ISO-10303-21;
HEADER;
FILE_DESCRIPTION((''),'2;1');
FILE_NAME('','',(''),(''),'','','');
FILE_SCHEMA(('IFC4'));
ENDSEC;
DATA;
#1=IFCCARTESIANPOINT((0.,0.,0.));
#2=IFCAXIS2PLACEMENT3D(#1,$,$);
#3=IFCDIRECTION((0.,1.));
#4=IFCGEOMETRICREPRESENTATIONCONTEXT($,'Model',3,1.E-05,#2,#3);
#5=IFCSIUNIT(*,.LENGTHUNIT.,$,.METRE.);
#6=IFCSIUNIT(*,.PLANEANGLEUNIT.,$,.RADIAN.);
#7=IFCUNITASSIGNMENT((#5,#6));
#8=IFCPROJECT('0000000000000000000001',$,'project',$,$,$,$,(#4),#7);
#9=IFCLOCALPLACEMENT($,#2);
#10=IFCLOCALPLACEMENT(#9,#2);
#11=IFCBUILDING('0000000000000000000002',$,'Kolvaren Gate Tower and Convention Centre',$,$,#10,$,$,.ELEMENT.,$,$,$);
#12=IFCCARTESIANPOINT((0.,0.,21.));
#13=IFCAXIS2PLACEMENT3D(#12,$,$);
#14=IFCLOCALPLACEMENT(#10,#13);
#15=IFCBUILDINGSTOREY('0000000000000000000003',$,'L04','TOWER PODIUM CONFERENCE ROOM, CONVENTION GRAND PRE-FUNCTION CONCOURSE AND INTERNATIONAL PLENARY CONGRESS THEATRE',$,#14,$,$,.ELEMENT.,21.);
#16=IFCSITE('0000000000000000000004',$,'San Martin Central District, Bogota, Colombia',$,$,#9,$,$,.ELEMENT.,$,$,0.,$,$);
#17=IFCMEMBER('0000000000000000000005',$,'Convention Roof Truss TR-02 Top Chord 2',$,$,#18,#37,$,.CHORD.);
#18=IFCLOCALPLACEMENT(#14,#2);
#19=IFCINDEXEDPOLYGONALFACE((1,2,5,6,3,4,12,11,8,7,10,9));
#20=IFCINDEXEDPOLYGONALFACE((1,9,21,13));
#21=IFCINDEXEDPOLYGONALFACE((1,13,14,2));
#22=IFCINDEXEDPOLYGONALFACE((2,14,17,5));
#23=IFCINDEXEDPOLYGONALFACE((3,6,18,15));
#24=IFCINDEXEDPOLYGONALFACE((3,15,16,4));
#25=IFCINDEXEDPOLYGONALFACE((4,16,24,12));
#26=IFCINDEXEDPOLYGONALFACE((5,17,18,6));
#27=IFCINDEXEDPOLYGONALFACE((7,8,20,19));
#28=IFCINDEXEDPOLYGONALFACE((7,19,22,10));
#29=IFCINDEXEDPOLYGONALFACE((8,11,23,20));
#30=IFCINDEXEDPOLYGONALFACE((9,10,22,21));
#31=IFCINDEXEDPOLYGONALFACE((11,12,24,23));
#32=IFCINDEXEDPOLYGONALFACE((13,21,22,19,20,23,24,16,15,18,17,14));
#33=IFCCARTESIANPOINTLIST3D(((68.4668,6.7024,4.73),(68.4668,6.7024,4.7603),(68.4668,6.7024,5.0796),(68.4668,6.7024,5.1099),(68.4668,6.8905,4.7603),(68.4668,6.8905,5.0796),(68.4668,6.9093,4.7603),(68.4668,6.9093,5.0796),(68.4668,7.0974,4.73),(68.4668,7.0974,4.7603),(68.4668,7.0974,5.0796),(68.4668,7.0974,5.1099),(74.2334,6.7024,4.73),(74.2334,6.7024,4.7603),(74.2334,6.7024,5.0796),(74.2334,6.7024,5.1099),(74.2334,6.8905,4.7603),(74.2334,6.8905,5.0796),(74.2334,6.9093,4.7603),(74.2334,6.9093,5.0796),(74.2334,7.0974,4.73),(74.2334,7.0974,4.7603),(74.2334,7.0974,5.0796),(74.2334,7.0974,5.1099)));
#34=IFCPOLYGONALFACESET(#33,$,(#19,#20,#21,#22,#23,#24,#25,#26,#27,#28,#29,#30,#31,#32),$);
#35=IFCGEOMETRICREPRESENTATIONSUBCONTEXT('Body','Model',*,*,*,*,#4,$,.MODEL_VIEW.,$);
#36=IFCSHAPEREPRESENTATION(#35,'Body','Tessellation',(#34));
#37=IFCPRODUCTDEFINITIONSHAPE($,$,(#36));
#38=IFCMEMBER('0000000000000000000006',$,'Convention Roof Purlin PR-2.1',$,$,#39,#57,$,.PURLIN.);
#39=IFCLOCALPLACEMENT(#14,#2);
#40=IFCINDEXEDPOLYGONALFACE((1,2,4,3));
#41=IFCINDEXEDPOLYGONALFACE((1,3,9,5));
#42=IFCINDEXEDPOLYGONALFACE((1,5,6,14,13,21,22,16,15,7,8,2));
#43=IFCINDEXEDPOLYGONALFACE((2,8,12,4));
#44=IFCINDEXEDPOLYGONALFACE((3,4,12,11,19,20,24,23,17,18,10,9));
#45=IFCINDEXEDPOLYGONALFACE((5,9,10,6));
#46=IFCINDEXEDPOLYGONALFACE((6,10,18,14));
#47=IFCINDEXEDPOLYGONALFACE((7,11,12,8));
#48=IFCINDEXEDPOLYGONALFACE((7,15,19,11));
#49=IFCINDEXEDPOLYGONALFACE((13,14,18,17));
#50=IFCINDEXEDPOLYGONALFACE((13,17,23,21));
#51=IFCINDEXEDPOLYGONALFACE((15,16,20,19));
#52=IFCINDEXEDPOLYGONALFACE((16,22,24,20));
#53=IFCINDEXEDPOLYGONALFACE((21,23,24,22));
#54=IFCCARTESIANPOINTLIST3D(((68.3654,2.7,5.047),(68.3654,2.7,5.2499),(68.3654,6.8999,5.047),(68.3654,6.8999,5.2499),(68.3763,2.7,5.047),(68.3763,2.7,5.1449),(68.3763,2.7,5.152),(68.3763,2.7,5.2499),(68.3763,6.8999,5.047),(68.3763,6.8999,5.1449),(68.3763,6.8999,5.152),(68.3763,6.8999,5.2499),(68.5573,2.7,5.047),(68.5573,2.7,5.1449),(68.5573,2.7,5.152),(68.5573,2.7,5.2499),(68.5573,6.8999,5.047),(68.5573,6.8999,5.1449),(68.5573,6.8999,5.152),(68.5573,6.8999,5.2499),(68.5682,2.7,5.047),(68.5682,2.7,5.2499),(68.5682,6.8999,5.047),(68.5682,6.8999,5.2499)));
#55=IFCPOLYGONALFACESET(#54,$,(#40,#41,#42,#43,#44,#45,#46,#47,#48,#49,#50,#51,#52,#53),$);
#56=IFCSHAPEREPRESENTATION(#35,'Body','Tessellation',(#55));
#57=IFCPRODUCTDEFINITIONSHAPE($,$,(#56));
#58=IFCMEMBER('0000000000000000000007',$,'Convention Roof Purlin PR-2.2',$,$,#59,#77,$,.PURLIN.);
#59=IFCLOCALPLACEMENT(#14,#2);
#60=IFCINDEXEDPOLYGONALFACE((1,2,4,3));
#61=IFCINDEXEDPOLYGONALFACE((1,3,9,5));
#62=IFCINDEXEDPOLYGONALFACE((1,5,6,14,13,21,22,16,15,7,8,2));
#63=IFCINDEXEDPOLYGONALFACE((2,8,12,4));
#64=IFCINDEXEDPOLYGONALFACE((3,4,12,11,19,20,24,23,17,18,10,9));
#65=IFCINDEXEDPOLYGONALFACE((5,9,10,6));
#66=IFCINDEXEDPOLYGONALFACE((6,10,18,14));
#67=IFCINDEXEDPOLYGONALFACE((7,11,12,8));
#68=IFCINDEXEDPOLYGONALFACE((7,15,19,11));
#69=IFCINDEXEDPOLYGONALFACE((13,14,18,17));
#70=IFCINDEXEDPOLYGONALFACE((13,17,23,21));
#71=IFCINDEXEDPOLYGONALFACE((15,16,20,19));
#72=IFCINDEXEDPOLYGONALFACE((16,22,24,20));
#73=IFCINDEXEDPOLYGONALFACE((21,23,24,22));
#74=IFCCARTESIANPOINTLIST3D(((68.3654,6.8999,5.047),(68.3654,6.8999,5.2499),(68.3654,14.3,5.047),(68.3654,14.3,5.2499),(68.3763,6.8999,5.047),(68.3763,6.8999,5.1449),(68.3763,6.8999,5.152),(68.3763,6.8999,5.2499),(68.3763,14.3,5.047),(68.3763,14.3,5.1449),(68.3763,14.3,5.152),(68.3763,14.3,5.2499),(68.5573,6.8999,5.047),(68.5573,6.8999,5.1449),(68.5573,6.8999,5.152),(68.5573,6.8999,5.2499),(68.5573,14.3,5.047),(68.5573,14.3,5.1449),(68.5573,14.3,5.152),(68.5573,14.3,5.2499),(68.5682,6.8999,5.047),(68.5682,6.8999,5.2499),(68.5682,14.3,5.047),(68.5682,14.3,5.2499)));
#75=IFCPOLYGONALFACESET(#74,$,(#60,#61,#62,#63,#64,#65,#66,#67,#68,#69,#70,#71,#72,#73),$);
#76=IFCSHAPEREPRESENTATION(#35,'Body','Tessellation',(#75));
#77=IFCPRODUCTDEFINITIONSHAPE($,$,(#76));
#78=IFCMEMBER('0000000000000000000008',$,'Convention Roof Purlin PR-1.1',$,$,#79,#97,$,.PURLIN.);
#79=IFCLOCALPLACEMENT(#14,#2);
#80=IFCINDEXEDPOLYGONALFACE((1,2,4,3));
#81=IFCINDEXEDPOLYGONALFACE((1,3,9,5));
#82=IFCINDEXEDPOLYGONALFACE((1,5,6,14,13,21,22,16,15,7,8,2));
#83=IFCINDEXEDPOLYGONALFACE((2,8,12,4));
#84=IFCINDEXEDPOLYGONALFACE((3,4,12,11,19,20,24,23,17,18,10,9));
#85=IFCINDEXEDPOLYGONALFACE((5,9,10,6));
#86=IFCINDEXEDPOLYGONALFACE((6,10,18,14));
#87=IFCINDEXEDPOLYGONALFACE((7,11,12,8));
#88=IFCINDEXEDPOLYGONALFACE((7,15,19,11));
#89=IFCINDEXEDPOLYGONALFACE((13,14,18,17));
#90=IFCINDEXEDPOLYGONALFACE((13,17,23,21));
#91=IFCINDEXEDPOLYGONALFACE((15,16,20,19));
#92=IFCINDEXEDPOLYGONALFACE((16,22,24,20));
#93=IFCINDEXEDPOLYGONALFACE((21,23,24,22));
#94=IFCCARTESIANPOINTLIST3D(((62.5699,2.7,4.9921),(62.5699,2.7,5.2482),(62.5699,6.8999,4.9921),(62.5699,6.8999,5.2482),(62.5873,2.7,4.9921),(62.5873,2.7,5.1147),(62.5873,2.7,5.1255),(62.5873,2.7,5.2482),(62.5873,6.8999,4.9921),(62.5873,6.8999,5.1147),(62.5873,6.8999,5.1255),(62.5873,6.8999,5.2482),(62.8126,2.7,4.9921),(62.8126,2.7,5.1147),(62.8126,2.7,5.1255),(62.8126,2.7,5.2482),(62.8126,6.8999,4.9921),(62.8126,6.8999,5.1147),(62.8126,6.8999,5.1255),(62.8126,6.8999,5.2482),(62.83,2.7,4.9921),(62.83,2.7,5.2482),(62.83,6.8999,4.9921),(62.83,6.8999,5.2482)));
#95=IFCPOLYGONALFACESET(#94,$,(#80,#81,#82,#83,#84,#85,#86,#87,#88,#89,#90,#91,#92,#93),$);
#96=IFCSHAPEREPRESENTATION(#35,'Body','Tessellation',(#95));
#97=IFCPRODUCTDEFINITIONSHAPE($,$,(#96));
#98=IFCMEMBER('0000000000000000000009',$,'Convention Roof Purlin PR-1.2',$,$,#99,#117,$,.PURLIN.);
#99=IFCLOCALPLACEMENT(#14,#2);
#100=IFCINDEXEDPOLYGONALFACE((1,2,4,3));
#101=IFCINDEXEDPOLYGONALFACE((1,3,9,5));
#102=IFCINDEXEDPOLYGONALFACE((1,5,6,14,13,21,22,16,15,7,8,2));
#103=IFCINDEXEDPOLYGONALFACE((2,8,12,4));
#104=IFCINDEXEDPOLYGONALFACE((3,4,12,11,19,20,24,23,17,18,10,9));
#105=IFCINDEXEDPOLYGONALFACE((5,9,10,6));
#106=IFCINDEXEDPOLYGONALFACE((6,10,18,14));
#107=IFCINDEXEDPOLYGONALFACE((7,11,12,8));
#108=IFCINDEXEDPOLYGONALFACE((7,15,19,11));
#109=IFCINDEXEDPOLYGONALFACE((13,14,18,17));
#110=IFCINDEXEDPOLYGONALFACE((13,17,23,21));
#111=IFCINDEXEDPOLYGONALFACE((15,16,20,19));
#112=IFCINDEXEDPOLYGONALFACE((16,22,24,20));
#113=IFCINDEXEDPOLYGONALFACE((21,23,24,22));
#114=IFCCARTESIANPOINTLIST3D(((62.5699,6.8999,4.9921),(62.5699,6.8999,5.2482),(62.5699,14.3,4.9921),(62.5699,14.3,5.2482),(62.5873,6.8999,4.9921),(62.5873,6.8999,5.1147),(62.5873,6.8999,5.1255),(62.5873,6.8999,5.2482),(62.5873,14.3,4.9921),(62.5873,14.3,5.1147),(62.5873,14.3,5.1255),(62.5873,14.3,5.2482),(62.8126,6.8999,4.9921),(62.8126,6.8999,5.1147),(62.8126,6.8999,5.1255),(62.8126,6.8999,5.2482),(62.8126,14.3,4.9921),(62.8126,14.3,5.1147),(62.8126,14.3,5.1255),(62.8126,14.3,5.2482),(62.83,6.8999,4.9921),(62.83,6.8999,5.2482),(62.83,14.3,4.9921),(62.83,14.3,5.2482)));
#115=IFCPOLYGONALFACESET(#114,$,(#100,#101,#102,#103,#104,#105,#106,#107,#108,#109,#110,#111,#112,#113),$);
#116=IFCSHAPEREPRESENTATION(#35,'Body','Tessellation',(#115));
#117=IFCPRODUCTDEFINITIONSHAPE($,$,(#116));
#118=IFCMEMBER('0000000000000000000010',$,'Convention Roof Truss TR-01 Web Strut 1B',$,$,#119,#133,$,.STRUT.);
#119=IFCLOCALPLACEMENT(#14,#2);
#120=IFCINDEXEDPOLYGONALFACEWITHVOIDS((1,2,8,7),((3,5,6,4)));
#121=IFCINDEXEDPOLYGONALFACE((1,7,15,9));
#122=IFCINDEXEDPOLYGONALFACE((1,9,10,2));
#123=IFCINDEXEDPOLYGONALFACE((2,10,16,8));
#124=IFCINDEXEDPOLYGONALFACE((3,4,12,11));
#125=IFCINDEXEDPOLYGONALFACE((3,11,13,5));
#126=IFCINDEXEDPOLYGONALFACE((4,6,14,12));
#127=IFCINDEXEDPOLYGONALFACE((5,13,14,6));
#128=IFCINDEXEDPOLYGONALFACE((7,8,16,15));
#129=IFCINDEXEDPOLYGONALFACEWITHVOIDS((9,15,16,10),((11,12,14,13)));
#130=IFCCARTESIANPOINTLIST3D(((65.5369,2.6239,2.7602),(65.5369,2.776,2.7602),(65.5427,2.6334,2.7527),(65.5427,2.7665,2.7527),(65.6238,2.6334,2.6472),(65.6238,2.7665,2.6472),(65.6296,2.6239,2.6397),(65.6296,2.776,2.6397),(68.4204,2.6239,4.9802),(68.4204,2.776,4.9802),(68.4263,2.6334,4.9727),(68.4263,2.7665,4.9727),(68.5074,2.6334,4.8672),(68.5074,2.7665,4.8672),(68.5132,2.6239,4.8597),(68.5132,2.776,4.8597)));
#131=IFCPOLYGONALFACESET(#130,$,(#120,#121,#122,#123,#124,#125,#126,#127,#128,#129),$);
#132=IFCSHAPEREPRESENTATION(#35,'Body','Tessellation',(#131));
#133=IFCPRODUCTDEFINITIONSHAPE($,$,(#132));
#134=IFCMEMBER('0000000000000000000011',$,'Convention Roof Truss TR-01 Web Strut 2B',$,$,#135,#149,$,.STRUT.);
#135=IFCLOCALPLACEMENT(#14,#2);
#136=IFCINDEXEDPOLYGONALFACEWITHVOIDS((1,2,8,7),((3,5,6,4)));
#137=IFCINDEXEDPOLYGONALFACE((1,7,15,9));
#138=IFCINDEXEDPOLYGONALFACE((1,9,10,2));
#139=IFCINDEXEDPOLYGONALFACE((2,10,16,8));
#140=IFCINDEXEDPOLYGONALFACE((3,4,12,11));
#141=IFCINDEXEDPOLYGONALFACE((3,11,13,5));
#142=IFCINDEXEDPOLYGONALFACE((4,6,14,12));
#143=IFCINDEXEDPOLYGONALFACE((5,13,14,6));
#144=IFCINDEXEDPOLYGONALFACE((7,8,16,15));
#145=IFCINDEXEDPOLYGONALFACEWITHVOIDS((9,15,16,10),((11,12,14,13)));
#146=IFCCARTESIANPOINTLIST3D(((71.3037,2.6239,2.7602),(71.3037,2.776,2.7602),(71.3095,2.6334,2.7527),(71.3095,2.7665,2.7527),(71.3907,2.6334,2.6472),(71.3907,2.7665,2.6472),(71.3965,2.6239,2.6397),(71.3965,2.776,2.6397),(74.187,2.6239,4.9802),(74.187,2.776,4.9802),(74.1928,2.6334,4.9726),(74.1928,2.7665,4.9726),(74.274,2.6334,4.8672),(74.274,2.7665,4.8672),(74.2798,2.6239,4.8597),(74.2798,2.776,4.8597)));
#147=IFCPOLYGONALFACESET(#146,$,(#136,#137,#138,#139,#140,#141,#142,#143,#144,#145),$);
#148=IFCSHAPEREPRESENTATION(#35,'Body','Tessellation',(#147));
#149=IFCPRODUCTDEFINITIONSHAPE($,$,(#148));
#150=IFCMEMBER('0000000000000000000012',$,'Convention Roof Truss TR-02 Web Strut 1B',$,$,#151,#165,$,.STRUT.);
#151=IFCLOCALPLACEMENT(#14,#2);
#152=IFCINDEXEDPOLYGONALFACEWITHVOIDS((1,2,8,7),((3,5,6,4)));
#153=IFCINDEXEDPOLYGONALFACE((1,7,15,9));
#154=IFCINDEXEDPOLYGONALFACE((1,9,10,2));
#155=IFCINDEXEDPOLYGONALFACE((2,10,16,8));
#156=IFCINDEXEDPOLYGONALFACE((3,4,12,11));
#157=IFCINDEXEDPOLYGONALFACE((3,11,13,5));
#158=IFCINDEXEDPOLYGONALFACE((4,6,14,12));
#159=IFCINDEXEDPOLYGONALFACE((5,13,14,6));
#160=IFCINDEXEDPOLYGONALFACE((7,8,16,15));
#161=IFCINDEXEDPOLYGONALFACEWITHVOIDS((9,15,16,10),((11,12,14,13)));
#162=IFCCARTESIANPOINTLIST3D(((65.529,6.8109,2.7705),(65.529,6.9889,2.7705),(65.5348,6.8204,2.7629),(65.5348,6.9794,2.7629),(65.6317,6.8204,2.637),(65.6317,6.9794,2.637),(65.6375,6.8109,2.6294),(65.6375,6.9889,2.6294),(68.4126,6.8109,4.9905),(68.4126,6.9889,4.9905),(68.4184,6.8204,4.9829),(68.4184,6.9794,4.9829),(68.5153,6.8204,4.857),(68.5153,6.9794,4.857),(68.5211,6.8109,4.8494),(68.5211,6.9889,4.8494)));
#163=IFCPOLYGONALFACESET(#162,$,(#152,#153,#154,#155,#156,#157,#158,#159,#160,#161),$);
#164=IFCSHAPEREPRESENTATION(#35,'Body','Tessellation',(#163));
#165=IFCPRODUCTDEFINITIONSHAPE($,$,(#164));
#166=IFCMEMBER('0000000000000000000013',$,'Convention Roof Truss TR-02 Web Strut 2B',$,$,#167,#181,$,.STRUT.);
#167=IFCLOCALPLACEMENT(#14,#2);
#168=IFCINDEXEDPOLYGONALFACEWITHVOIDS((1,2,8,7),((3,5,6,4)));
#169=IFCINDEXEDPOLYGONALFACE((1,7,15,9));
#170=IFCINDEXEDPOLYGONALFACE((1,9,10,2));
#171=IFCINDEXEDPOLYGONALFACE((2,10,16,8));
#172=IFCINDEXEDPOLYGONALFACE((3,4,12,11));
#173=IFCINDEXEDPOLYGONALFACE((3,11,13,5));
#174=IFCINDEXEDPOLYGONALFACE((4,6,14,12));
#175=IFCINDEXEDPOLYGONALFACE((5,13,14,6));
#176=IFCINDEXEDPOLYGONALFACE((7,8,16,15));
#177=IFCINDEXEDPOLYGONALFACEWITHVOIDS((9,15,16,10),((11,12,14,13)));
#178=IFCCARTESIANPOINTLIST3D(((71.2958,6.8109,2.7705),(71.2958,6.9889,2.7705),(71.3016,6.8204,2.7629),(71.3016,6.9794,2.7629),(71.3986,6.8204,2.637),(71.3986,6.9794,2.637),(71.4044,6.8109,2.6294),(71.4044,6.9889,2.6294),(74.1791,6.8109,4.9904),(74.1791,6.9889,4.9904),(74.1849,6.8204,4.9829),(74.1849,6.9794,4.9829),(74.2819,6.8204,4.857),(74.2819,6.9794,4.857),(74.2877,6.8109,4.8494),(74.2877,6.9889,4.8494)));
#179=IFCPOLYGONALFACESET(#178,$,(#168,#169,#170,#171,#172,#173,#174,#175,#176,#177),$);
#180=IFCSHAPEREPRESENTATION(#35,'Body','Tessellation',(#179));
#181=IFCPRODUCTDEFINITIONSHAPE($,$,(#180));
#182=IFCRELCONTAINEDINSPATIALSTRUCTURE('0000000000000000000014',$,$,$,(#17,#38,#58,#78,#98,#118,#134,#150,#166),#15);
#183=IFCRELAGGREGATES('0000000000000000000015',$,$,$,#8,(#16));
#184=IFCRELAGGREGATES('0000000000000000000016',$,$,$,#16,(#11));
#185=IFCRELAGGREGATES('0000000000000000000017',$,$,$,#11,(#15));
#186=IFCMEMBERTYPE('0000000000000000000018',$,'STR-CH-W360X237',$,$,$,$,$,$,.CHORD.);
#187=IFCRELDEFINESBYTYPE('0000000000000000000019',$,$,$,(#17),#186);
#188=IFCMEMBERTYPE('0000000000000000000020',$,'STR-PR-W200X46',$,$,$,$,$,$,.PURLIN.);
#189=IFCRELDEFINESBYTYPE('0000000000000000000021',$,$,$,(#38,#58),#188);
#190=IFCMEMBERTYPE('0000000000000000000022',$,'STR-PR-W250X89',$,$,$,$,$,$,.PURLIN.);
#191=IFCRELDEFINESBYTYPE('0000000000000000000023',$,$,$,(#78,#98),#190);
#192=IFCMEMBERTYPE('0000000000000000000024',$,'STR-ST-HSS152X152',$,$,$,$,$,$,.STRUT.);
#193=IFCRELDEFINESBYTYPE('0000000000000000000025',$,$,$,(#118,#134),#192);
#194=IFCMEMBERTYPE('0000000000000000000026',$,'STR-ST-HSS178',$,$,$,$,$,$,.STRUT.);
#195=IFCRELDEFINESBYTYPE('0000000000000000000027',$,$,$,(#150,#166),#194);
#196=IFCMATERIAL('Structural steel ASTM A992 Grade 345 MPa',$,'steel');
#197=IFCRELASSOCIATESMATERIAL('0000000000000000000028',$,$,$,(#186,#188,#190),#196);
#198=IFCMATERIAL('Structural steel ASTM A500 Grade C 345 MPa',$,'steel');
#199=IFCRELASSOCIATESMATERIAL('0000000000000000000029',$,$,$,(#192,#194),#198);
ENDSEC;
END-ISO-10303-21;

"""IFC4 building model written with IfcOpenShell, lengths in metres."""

from ifc_helpers import new_model, si_unit, direction, frame, origin, origin_2d, place, context, subcontext, project, spatial, hollow_rectangle, i_section, extrude, material, material_profile, profile_set, type_object, element, save


model = new_model("IFC4")

# Units and contexts
model_context = context("Model", 3, precision=1e-05, world=origin(), true_north=direction((0.0, 1.0)))
body_context = subcontext(model_context, "Body", "Model", "MODEL_VIEW")
ifc_project = project(units=[si_unit("LENGTHUNIT", "METRE"), si_unit("PLANEANGLEUNIT", "RADIAN")], contexts=[model_context])

# Site, building, storey
site_placement = place(None, origin())
site = spatial("IfcSite", under=ifc_project, at=site_placement, Name="San Martin Central District, Bogota, Colombia", CompositionType="ELEMENT", RefElevation=0.0)
building_placement = place(site_placement, origin())
building = spatial("IfcBuilding", under=site, at=building_placement, Name="Kolvaren Gate Tower and Convention Centre", CompositionType="ELEMENT")
storey_placement = place(building_placement, frame((0.0, 0.0, 21.0)))
storey = spatial("IfcBuildingStorey", under=building, at=storey_placement, Name="L04", Description="TOWER PODIUM CONFERENCE ROOM, CONVENTION GRAND PRE-FUNCTION CONCOURSE AND INTERNATIONAL PLENARY CONGRESS THEATRE", CompositionType="ELEMENT", Elevation=21.0)

# Shared definitions
ifc_material_1 = material(Name="Structural steel ASTM A992 Grade 345 MPa", Category="steel")

# Members
ifc_material_2 = material(Name="Structural steel ASTM A500 Grade C 345 MPa", Category="steel")
ifc_material_profile_1 = material_profile(ifc_material_1, i_section(OverallWidth=0.395, OverallDepth=0.3799, WebThickness=0.0188, FlangeThickness=0.0303, at=origin_2d()), Name="W360X237")
ifc_profile_set_1 = profile_set([ifc_material_profile_1], Name="Structural steel ASTM A992 Grade 345 MPa")
member_type_1 = type_object("IfcMemberType", Name="STR-CH-W360X237", PredefinedType="CHORD", material=ifc_profile_set_1)
for number, where, z_axis, x_axis, name in (
    (1, (68.4668, 6.8999, 4.9199), (1.0, 0.0, 0.0), (0.0, 1.0, 0.0), "Convention Roof Truss TR-02 Top Chord 2"),
):
    element("IfcMember", number, at=place(storey_placement, frame(where, z_axis=z_axis, x_axis=x_axis)), inside=storey, type_object=member_type_1, Name=name, PredefinedType="CHORD", context=body_context, shape_type="SweptSolid", body=[
        extrude(i_section(OverallWidth=0.395, OverallDepth=0.3799, WebThickness=0.0188, FlangeThickness=0.0303, at=origin_2d()), origin(), (0.0, 0.0, 1.0), 5.7666),
    ])
ifc_material_profile_2 = material_profile(ifc_material_1, i_section(OverallWidth=0.2029, OverallDepth=0.2029, WebThickness=0.0071, FlangeThickness=0.011, at=origin_2d()), Name="W200X46")
ifc_profile_set_2 = profile_set([ifc_material_profile_2], Name="Structural steel ASTM A992 Grade 345 MPa")
member_type_2 = type_object("IfcMemberType", Name="STR-PR-W200X46", PredefinedType="PURLIN", material=ifc_profile_set_2)
member_1_placement = place(storey_placement, frame((68.4668, 2.7, 5.1484), z_axis=(0.0, 1.0, 0.0), x_axis=(0.0, 0.0, 1.0)))
element("IfcMember", 2, at=member_1_placement, inside=storey, type_object=member_type_2, Name="Convention Roof Purlin PR-2.1", PredefinedType="PURLIN", context=body_context, shape_type="SweptSolid", body=[
    extrude(i_section(OverallWidth=0.2029, OverallDepth=0.2029, WebThickness=0.0071, FlangeThickness=0.011, at=origin_2d()), origin(), (0.0, 0.0, 1.0), 4.2),
])
member_2_placement = place(storey_placement, frame((68.4668, 6.8999, 5.1484), z_axis=(0.0, 1.0, 0.0), x_axis=(0.0, 0.0, 1.0)))
element("IfcMember", 3, at=member_2_placement, inside=storey, type_object=member_type_2, Name="Convention Roof Purlin PR-2.2", PredefinedType="PURLIN", context=body_context, shape_type="SweptSolid", body=[
    extrude(i_section(OverallWidth=0.2029, OverallDepth=0.2029, WebThickness=0.0071, FlangeThickness=0.011, at=origin_2d()), origin(), (0.0, 0.0, 1.0), 7.4001),
])
ifc_material_profile_3 = material_profile(ifc_material_1, i_section(OverallWidth=0.2561, OverallDepth=0.26, WebThickness=0.0107, FlangeThickness=0.0173, at=origin_2d()), Name="W250X89")
ifc_profile_set_3 = profile_set([ifc_material_profile_3], Name="Structural steel ASTM A992 Grade 345 MPa")
member_type_3 = type_object("IfcMemberType", Name="STR-PR-W250X89", PredefinedType="PURLIN", material=ifc_profile_set_3)
member_3_placement = place(storey_placement, frame((62.7, 2.7, 5.1201), z_axis=(0.0, 1.0, 0.0), x_axis=(0.0, 0.0, 1.0)))
element("IfcMember", 4, at=member_3_placement, inside=storey, type_object=member_type_3, Name="Convention Roof Purlin PR-1.1", PredefinedType="PURLIN", context=body_context, shape_type="SweptSolid", body=[
    extrude(i_section(OverallWidth=0.2561, OverallDepth=0.26, WebThickness=0.0107, FlangeThickness=0.0173, at=origin_2d()), origin(), (0.0, 0.0, 1.0), 4.2),
])
member_4_placement = place(storey_placement, frame((62.7, 6.8999, 5.1201), z_axis=(0.0, 1.0, 0.0), x_axis=(0.0, 0.0, 1.0)))
element("IfcMember", 5, at=member_4_placement, inside=storey, type_object=member_type_3, Name="Convention Roof Purlin PR-1.2", PredefinedType="PURLIN", context=body_context, shape_type="SweptSolid", body=[
    extrude(i_section(OverallWidth=0.2561, OverallDepth=0.26, WebThickness=0.0107, FlangeThickness=0.0173, at=origin_2d()), origin(), (0.0, 0.0, 1.0), 7.4001),
])
ifc_material_profile_4 = material_profile(ifc_material_2, hollow_rectangle(XDim=0.1521, YDim=0.1521, WallThickness=0.0095, at=origin_2d()), Name="HSS152X152X9.5")
ifc_profile_set_4 = profile_set([ifc_material_profile_4], Name="Structural steel ASTM A500 Grade C 345 MPa")
member_type_4 = type_object("IfcMemberType", Name="STR-ST-HSS152X152", PredefinedType="STRUT", material=ifc_profile_set_4)
member_5_placement = place(storey_placement, frame((65.5833, 2.7, 2.7), z_axis=(0.792377, 0.0, 0.610032), x_axis=(0.0, 1.0, 0.0)))
element("IfcMember", 6, at=member_5_placement, inside=storey, type_object=member_type_4, Name="Convention Roof Truss TR-01 Web Strut 1B", PredefinedType="STRUT", context=body_context, shape_type="SweptSolid", body=[
    extrude(hollow_rectangle(XDim=0.1521, YDim=0.1521, WallThickness=0.0095, at=origin_2d()), origin(), (0.0, 0.0, 1.0), 3.6392),
])
member_6_placement = place(storey_placement, frame((71.3501, 2.7, 2.7), z_axis=(0.792352, 0.0, 0.610064), x_axis=(0.0, 1.0, 0.0)))
element("IfcMember", 7, at=member_6_placement, inside=storey, type_object=member_type_4, Name="Convention Roof Truss TR-01 Web Strut 2B", PredefinedType="STRUT", context=body_context, shape_type="SweptSolid", body=[
    extrude(hollow_rectangle(XDim=0.1521, YDim=0.1521, WallThickness=0.0095, at=origin_2d()), origin(), (0.0, 0.0, 1.0), 3.6389),
])
ifc_material_profile_5 = material_profile(ifc_material_2, hollow_rectangle(XDim=0.178, YDim=0.178, WallThickness=0.0095, at=origin_2d()), Name="HSS178X178X9.5")
ifc_profile_set_5 = profile_set([ifc_material_profile_5], Name="Structural steel ASTM A500 Grade C 345 MPa")
member_type_5 = type_object("IfcMemberType", Name="STR-ST-HSS178", PredefinedType="STRUT", material=ifc_profile_set_5)
member_7_placement = place(storey_placement, frame((65.5833, 6.8999, 2.7), z_axis=(0.792377, 0.0, 0.610032), x_axis=(0.0, 1.0, 0.0)))
element("IfcMember", 8, at=member_7_placement, inside=storey, type_object=member_type_5, Name="Convention Roof Truss TR-02 Web Strut 1B", PredefinedType="STRUT", context=body_context, shape_type="SweptSolid", body=[
    extrude(hollow_rectangle(XDim=0.178, YDim=0.178, WallThickness=0.0095, at=origin_2d()), origin(), (0.0, 0.0, 1.0), 3.6392),
])
member_8_placement = place(storey_placement, frame((71.3501, 6.8999, 2.7), z_axis=(0.792352, 0.0, 0.610064), x_axis=(0.0, 1.0, 0.0)))
element("IfcMember", 9, at=member_8_placement, inside=storey, type_object=member_type_5, Name="Convention Roof Truss TR-02 Web Strut 2B", PredefinedType="STRUT", context=body_context, shape_type="SweptSolid", body=[
    extrude(hollow_rectangle(XDim=0.178, YDim=0.178, WallThickness=0.0095, at=origin_2d()), origin(), (0.0, 0.0, 1.0), 3.6389),
])

save(model, "model.ifc")
